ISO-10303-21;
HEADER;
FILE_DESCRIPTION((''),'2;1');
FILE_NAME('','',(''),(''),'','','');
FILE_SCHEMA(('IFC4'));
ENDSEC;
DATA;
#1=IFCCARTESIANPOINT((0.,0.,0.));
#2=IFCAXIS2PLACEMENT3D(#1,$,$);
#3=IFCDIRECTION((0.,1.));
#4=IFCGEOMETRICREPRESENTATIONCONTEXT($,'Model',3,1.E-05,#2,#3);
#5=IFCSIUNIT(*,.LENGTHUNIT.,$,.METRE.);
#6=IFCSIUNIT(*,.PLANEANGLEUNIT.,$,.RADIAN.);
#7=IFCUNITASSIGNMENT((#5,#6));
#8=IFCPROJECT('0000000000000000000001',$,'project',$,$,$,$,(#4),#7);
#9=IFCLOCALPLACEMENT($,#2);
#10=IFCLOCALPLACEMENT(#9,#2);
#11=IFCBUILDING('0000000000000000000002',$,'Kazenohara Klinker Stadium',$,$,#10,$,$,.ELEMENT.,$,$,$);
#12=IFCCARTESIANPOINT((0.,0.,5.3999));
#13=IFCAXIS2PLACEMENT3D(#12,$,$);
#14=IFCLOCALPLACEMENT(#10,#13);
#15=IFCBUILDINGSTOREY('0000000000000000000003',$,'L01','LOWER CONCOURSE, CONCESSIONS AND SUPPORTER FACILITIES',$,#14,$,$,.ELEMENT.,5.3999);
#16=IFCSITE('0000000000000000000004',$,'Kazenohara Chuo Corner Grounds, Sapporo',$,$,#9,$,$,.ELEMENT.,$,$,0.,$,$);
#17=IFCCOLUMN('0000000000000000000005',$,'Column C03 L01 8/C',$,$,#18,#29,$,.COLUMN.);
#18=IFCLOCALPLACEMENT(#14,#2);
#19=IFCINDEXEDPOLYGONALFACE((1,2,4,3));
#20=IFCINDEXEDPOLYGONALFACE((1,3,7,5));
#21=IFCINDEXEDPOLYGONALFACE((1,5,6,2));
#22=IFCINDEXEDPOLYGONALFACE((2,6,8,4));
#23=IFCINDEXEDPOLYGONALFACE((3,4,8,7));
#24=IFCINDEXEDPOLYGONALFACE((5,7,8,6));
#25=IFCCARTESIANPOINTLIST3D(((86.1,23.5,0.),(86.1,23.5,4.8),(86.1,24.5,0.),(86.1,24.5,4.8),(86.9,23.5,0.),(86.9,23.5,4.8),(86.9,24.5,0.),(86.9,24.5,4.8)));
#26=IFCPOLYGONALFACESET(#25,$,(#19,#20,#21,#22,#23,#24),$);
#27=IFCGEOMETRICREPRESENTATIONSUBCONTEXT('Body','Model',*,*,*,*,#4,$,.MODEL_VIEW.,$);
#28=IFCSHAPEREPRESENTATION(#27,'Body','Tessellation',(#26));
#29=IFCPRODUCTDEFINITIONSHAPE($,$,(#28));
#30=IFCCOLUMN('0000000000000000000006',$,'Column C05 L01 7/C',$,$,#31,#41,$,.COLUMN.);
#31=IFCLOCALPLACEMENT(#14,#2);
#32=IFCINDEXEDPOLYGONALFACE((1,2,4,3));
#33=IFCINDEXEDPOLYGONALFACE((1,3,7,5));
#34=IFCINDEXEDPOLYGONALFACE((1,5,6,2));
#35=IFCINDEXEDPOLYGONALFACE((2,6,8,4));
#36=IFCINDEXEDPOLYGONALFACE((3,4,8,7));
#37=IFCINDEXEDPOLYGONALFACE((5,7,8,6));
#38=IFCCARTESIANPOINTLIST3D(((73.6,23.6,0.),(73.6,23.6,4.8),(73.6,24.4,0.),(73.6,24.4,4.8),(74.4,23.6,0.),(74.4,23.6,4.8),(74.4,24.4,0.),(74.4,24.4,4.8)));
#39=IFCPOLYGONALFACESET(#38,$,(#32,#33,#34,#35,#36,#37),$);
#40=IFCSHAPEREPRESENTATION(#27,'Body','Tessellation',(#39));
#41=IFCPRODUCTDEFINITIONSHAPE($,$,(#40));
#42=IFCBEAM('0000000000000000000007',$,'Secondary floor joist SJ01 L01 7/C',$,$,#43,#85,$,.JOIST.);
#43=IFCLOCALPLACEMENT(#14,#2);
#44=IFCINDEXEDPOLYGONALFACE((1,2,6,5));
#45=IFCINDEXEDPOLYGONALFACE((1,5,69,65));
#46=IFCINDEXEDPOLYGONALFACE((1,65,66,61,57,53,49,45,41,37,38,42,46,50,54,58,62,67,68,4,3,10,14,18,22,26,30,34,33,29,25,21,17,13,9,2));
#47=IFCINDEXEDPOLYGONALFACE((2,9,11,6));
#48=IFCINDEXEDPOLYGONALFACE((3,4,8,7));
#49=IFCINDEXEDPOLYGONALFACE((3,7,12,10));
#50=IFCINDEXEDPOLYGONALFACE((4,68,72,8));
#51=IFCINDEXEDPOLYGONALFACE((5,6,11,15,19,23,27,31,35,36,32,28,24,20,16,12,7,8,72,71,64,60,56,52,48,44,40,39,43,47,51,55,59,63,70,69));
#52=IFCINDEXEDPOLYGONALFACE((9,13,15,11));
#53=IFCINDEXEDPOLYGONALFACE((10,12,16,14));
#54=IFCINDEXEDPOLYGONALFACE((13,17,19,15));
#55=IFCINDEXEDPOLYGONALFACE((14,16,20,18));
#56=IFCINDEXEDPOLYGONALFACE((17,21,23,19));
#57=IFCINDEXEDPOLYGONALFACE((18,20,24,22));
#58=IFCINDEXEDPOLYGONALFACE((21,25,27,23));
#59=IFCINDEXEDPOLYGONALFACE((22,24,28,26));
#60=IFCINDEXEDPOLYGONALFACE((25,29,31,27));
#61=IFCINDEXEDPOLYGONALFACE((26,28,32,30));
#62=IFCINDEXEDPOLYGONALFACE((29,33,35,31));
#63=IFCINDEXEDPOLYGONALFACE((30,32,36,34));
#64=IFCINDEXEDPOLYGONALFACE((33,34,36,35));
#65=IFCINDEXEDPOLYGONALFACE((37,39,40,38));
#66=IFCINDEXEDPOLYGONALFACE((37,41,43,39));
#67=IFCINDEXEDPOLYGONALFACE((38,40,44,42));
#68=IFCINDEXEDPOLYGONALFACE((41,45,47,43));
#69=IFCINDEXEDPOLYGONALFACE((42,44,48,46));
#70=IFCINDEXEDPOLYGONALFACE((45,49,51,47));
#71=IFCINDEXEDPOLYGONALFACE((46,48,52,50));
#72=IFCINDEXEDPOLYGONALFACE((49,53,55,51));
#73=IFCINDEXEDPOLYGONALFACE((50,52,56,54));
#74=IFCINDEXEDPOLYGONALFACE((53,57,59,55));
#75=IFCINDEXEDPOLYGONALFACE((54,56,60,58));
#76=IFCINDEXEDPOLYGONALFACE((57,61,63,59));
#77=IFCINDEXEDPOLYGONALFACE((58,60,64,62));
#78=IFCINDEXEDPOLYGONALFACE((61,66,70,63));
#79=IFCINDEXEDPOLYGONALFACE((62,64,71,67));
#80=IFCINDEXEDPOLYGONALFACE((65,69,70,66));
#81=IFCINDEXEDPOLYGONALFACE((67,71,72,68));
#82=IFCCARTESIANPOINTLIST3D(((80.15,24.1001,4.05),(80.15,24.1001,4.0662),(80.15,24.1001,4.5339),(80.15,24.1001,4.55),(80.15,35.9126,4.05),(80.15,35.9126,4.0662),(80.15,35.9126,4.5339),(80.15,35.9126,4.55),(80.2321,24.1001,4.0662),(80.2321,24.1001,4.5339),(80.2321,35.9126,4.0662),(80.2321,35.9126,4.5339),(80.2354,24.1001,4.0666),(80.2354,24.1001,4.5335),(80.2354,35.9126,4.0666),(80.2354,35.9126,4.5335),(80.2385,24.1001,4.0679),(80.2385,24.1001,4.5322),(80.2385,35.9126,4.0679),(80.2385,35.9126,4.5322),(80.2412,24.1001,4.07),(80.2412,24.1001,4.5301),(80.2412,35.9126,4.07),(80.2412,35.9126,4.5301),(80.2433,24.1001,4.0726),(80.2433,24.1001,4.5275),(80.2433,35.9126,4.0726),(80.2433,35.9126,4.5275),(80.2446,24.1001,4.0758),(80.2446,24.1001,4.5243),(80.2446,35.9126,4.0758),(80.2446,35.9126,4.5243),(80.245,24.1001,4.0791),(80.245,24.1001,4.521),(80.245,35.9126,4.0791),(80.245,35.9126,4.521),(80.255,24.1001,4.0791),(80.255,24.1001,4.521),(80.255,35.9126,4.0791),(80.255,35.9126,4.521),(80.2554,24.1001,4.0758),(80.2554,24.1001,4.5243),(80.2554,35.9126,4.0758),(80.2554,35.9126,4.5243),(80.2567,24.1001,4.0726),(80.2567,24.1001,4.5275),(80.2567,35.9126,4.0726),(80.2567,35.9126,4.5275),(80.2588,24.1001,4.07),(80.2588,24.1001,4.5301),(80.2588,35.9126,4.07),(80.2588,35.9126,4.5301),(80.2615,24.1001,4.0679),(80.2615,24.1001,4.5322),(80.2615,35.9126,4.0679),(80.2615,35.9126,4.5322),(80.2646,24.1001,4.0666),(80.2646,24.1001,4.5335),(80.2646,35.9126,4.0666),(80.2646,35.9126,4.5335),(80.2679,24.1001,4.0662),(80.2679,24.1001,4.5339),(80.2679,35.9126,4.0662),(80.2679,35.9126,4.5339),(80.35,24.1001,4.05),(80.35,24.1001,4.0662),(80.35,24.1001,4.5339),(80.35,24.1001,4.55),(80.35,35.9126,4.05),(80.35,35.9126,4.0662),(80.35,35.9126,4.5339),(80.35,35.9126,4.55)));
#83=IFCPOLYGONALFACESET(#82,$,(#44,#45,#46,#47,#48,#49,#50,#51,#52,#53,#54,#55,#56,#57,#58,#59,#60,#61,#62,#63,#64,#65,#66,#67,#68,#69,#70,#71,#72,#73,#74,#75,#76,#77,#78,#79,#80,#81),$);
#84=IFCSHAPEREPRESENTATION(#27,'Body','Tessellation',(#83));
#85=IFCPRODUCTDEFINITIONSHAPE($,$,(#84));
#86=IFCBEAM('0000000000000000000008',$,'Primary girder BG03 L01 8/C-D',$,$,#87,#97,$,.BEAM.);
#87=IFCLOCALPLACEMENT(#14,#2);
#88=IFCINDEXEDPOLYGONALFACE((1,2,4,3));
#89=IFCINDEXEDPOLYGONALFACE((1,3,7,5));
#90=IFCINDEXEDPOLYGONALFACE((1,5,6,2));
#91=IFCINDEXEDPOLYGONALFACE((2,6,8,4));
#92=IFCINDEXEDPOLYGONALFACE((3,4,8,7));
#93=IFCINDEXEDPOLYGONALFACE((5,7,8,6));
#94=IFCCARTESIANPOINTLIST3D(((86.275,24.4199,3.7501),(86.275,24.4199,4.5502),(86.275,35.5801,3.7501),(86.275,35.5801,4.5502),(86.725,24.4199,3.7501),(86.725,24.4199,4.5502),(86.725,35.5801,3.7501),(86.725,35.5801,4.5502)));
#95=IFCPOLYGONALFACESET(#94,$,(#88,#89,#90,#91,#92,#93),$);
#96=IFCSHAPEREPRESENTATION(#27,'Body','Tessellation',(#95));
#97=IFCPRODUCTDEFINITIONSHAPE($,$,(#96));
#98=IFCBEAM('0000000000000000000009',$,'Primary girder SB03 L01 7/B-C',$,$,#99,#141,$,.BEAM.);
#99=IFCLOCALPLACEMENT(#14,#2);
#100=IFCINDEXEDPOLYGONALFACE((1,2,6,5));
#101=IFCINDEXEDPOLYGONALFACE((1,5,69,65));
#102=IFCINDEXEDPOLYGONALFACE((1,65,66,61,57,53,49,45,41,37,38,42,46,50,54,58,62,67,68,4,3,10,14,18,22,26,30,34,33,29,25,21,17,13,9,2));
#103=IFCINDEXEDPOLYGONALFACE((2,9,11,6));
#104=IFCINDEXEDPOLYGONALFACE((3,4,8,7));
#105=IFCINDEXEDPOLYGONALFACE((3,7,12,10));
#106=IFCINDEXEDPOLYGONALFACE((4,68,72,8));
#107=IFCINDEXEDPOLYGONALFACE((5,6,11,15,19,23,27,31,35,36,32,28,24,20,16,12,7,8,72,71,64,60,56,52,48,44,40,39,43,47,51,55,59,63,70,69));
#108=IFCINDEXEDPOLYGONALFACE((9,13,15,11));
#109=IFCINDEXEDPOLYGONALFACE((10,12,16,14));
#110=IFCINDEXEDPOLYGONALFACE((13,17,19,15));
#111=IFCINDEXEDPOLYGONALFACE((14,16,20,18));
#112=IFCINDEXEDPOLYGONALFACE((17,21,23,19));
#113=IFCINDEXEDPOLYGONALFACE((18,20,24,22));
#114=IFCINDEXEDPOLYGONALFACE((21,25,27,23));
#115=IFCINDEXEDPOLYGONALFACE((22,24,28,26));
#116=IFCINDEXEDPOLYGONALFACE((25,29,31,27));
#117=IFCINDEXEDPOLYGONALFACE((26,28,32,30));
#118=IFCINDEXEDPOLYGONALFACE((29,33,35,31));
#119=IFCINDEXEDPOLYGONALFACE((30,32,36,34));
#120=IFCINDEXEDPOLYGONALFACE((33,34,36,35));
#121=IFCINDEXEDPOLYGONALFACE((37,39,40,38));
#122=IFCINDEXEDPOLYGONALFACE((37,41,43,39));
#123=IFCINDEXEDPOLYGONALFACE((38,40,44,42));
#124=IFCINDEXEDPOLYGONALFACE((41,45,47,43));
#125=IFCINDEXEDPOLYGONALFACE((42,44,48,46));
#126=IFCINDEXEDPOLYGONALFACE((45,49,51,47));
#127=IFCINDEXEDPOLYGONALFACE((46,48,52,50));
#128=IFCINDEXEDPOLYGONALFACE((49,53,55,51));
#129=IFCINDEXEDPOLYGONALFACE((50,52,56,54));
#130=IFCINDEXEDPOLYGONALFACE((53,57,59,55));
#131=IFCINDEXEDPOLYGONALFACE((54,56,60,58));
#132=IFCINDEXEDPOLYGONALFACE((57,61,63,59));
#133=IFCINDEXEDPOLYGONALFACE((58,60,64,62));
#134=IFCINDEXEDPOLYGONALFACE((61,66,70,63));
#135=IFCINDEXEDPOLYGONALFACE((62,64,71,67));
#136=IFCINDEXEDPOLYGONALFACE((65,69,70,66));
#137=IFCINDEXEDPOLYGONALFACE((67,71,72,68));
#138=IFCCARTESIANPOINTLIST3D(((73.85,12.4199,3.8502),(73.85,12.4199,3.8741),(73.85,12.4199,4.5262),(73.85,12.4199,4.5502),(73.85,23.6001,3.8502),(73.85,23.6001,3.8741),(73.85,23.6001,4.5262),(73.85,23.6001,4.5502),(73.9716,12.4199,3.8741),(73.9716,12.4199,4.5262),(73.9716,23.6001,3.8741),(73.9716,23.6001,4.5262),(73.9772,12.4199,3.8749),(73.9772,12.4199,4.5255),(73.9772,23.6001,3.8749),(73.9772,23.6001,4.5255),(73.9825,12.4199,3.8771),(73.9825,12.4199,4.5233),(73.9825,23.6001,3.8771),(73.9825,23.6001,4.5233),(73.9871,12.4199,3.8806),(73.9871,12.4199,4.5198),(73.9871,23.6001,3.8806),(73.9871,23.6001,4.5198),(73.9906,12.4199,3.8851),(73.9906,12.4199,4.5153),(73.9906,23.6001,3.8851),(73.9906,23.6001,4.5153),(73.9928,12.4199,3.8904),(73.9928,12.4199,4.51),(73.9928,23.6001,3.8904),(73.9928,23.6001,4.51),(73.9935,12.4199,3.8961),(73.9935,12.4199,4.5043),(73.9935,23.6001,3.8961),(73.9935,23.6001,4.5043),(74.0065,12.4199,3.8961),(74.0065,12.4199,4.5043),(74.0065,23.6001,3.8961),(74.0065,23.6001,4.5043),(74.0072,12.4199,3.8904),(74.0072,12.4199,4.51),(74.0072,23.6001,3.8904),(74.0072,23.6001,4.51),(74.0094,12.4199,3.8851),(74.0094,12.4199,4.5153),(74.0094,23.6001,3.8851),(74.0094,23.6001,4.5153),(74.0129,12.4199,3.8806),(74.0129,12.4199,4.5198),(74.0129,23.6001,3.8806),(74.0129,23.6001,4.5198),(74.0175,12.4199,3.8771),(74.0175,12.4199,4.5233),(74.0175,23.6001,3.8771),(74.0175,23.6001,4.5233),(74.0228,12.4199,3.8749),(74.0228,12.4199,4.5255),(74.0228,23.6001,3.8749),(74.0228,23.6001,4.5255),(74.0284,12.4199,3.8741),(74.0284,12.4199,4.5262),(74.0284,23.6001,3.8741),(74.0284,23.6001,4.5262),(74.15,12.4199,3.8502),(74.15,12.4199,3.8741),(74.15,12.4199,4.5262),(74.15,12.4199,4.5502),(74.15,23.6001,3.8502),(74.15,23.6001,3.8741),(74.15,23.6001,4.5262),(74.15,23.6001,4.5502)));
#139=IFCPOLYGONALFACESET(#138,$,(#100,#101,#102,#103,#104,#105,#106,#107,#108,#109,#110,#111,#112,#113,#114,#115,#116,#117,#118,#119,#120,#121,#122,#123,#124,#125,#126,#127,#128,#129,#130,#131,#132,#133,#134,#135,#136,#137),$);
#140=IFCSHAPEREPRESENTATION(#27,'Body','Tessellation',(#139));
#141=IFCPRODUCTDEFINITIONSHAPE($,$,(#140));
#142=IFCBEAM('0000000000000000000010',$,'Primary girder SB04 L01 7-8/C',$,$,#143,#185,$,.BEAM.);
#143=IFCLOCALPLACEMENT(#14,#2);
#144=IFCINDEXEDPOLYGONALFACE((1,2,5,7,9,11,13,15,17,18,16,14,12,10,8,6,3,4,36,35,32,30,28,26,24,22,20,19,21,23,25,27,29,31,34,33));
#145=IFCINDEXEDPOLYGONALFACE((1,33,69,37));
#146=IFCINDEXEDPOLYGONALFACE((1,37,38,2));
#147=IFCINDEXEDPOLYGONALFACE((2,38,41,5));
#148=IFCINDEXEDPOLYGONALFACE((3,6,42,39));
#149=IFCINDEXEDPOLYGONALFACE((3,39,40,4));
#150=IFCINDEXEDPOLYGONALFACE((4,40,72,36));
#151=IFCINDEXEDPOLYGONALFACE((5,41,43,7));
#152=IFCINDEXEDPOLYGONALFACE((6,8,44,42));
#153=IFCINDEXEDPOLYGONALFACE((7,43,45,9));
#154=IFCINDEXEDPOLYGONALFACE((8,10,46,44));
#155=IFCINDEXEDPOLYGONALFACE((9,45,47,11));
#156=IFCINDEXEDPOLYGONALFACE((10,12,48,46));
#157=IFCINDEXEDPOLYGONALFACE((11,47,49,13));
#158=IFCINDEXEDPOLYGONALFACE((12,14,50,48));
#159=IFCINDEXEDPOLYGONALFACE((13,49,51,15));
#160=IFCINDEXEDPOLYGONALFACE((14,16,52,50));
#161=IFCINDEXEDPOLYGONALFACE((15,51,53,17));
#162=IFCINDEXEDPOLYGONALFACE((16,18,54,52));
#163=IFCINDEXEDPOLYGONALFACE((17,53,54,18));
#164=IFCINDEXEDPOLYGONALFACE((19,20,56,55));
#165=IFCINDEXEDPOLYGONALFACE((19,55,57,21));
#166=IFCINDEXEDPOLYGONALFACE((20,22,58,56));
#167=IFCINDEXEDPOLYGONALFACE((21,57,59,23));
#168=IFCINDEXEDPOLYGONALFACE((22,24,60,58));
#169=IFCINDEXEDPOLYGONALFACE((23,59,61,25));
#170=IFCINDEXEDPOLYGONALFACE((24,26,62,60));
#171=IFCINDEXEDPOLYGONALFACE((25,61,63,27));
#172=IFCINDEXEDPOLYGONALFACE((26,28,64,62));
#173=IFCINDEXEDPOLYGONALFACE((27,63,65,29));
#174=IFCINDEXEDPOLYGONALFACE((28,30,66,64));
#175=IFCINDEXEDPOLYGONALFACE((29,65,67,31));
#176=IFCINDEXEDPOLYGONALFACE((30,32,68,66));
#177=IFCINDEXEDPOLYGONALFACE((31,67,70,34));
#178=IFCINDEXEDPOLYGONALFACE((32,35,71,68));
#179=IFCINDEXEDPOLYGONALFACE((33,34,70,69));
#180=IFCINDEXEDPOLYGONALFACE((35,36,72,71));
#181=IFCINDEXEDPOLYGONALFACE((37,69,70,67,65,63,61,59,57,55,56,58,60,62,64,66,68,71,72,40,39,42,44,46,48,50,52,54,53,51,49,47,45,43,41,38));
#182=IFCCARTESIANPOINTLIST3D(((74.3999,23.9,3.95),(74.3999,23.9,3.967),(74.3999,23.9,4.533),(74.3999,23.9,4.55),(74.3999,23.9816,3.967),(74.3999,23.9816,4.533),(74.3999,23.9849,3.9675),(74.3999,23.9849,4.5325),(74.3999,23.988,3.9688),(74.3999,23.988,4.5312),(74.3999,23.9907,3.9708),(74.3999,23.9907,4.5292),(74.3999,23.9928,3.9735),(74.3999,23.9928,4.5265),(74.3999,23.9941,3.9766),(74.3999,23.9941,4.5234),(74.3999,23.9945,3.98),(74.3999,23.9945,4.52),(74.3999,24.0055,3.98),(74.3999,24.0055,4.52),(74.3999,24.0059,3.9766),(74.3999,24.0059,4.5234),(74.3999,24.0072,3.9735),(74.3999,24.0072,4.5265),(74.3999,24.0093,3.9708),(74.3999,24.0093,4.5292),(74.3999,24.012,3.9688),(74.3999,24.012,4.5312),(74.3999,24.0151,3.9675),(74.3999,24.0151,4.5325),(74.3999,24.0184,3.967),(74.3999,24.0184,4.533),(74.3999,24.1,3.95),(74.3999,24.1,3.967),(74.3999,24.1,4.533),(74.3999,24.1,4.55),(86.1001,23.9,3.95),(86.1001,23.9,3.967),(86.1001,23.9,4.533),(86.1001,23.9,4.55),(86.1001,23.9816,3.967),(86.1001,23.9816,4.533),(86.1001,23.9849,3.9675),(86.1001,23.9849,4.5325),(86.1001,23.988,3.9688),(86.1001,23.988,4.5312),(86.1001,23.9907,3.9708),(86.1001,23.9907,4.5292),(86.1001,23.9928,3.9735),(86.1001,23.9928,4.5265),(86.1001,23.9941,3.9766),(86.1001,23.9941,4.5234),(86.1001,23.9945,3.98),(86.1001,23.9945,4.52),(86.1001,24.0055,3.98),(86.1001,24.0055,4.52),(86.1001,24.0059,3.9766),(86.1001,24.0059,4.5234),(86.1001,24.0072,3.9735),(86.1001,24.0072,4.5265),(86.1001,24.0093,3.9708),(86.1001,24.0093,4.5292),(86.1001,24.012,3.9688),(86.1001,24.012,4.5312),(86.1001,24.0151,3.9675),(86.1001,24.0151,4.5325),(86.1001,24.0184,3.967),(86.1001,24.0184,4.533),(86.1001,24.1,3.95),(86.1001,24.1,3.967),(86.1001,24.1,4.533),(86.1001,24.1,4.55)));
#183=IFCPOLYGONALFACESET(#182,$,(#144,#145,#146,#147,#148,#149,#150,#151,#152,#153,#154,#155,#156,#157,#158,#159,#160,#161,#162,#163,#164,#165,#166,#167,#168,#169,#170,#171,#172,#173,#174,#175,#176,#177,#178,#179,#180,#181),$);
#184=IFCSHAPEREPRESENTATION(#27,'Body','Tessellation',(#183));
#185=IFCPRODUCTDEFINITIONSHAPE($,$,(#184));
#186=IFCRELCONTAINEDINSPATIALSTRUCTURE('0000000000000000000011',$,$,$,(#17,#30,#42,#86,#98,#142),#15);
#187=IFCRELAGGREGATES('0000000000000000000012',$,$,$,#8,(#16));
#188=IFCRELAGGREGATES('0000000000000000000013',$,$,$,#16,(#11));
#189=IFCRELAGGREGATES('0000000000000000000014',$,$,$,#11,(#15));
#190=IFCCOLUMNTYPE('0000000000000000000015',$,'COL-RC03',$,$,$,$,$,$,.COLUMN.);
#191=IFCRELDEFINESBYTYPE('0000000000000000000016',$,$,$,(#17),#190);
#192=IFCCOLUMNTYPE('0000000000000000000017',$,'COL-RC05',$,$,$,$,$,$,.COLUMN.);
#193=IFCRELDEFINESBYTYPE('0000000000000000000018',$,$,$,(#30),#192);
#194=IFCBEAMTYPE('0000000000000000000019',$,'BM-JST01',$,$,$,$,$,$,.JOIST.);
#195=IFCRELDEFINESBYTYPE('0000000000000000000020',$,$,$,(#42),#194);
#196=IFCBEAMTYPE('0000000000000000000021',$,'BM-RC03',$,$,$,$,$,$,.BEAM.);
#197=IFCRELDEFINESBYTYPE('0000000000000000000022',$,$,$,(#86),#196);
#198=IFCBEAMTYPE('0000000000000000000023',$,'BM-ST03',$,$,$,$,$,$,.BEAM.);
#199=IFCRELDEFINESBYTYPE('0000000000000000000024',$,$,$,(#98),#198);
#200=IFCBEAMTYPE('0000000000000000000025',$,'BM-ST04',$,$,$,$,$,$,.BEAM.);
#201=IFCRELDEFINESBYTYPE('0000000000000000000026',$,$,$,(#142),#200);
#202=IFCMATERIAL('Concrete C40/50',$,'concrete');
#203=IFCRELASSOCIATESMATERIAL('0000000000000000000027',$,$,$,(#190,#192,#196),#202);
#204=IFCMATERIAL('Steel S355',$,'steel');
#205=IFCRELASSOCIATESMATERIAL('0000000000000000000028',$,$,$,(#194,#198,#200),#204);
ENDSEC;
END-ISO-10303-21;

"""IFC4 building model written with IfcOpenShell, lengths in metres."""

from ifc_helpers import new_model, si_unit, direction, frame, origin, origin_2d, place, context, subcontext, project, spatial, rectangle, i_section, extrude, material, material_profile, profile_set, type_object, element, save


model = new_model("IFC4")

# Units and contexts
model_context = context("Model", 3, precision=1e-05, world=origin(), true_north=direction((0.0, 1.0)))
body_context = subcontext(model_context, "Body", "Model", "MODEL_VIEW")
ifc_project = project(units=[si_unit("LENGTHUNIT", "METRE"), si_unit("PLANEANGLEUNIT", "RADIAN")], contexts=[model_context])

# Site, building, storey
site_placement = place(None, origin())
site = spatial("IfcSite", under=ifc_project, at=site_placement, Name="Kazenohara Chuo Corner Grounds, Sapporo", CompositionType="ELEMENT", RefElevation=0.0)
building_placement = place(site_placement, origin())
building = spatial("IfcBuilding", under=site, at=building_placement, Name="Kazenohara Klinker Stadium", CompositionType="ELEMENT")
storey_placement = place(building_placement, frame((0.0, 0.0, 5.3999)))
storey = spatial("IfcBuildingStorey", under=building, at=storey_placement, Name="L01", Description="LOWER CONCOURSE, CONCESSIONS AND SUPPORTER FACILITIES", CompositionType="ELEMENT", Elevation=5.3999)

# Columns
ifc_material_1 = material(Name="Concrete C40/50", Category="concrete")
ifc_material_profile_1 = material_profile(ifc_material_1, rectangle(XDim=0.8, YDim=1.0, at=origin_2d()), Name="RC-COL-1000x800")
ifc_profile_set_1 = profile_set([ifc_material_profile_1], Name="Concrete C40/50")
column_type_1 = type_object("IfcColumnType", Name="COL-RC03", PredefinedType="COLUMN", material=ifc_profile_set_1)
column_1_placement = place(storey_placement, frame((86.5, 24.0, 0.0), z_axis=(0.0, 0.0, 1.0), x_axis=(1.0, 0.0, 0.0)))
element("IfcColumn", 1, at=column_1_placement, inside=storey, type_object=column_type_1, Name="Column C03 L01 8/C", PredefinedType="COLUMN", context=body_context, shape_type="SweptSolid", body=[
    extrude(rectangle(XDim=0.8, YDim=1.0, at=origin_2d()), origin(), (0.0, 0.0, 1.0), 4.8),
])
ifc_material_profile_2 = material_profile(ifc_material_1, rectangle(XDim=0.8, YDim=0.8, at=origin_2d()), Name="RC-COL-800x800")
ifc_profile_set_2 = profile_set([ifc_material_profile_2], Name="Concrete C40/50")
column_type_2 = type_object("IfcColumnType", Name="COL-RC05", PredefinedType="COLUMN", material=ifc_profile_set_2)
column_2_placement = place(storey_placement, frame((74.0, 24.0, 0.0), z_axis=(0.0, 0.0, 1.0), x_axis=(1.0, 0.0, 0.0)))
element("IfcColumn", 2, at=column_2_placement, inside=storey, type_object=column_type_2, Name="Column C05 L01 7/C", PredefinedType="COLUMN", context=body_context, shape_type="SweptSolid", body=[
    extrude(rectangle(XDim=0.8, YDim=0.8, at=origin_2d()), origin(), (0.0, 0.0, 1.0), 4.8),
])

# Beams
ifc_material_2 = material(Name="Steel S355", Category="steel")
ifc_material_profile_3 = material_profile(ifc_material_2, i_section(OverallWidth=0.2, OverallDepth=0.5, WebThickness=0.01, FlangeThickness=0.0161, FilletRadius=0.0129, at=origin_2d()), Name="H-500x200x10x16")
ifc_profile_set_3 = profile_set([ifc_material_profile_3], Name="Steel S355")
beam_type_1 = type_object("IfcBeamType", Name="BM-JST01", PredefinedType="JOIST", material=ifc_profile_set_3)
beam_1_placement = place(storey_placement, frame((80.25, 24.1001, 4.3), z_axis=(0.0, 1.0, 0.0), x_axis=(-1.0, 0.0, 0.0)))
element("IfcBeam", 3, at=beam_1_placement, inside=storey, type_object=beam_type_1, Name="Secondary floor joist SJ01 L01 7/C", PredefinedType="JOIST", context=body_context, shape_type="SweptSolid", body=[
    extrude(i_section(OverallWidth=0.2, OverallDepth=0.5, WebThickness=0.01, FlangeThickness=0.0161, FilletRadius=0.0129, at=origin_2d()), origin(), (0.0, 0.0, 1.0), 11.8125),
])
ifc_material_profile_4 = material_profile(ifc_material_1, rectangle(XDim=0.45, YDim=0.8, at=origin_2d()), Name="RC-BM-450x800")
ifc_profile_set_4 = profile_set([ifc_material_profile_4], Name="Concrete C40/50")
beam_type_2 = type_object("IfcBeamType", Name="BM-RC03", PredefinedType="BEAM", material=ifc_profile_set_4)
beam_2_placement = place(storey_placement, frame((86.5, 24.4199, 4.1501), z_axis=(0.0, 1.0, 0.0), x_axis=(-1.0, 0.0, 0.0)))
element("IfcBeam", 4, at=beam_2_placement, inside=storey, type_object=beam_type_2, Name="Primary girder BG03 L01 8/C-D", PredefinedType="BEAM", context=body_context, shape_type="SweptSolid", body=[
    extrude(rectangle(XDim=0.45, YDim=0.8, at=origin_2d()), origin(), (0.0, 0.0, 1.0), 11.1602),
])
ifc_material_profile_5 = material_profile(ifc_material_2, i_section(OverallWidth=0.3, OverallDepth=0.7, WebThickness=0.0129, FlangeThickness=0.0239, FilletRadius=0.022, at=origin_2d()), Name="H-700x300x13x24")
ifc_profile_set_5 = profile_set([ifc_material_profile_5], Name="Steel S355")
beam_type_3 = type_object("IfcBeamType", Name="BM-ST03", PredefinedType="BEAM", material=ifc_profile_set_5)
beam_3_placement = place(storey_placement, frame((74.0, 12.4199, 4.2002), z_axis=(0.0, 1.0, 0.0), x_axis=(-1.0, 0.0, 0.0)))
element("IfcBeam", 5, at=beam_3_placement, inside=storey, type_object=beam_type_3, Name="Primary girder SB03 L01 7/B-C", PredefinedType="BEAM", context=body_context, shape_type="SweptSolid", body=[
    extrude(i_section(OverallWidth=0.3, OverallDepth=0.7, WebThickness=0.0129, FlangeThickness=0.0239, FilletRadius=0.022, at=origin_2d()), origin(), (0.0, 0.0, 1.0), 11.1802),
])
ifc_material_profile_6 = material_profile(ifc_material_2, i_section(OverallWidth=0.2, OverallDepth=0.6001, WebThickness=0.011, FlangeThickness=0.0171, FilletRadius=0.0129, at=origin_2d()), Name="H-600x200x11x17")
ifc_profile_set_6 = profile_set([ifc_material_profile_6], Name="Steel S355")
beam_type_4 = type_object("IfcBeamType", Name="BM-ST04", PredefinedType="BEAM", material=ifc_profile_set_6)
beam_4_placement = place(storey_placement, frame((74.3999, 24.0, 4.25), z_axis=(1.0, 0.0, 0.0), x_axis=(0.0, 1.0, 0.0)))
element("IfcBeam", 6, at=beam_4_placement, inside=storey, type_object=beam_type_4, Name="Primary girder SB04 L01 7-8/C", PredefinedType="BEAM", context=body_context, shape_type="SweptSolid", body=[
    extrude(i_section(OverallWidth=0.2, OverallDepth=0.6001, WebThickness=0.011, FlangeThickness=0.0171, FilletRadius=0.0129, at=origin_2d()), origin(), (0.0, 0.0, 1.0), 11.7002),
])

save(model, "model.ifc")
